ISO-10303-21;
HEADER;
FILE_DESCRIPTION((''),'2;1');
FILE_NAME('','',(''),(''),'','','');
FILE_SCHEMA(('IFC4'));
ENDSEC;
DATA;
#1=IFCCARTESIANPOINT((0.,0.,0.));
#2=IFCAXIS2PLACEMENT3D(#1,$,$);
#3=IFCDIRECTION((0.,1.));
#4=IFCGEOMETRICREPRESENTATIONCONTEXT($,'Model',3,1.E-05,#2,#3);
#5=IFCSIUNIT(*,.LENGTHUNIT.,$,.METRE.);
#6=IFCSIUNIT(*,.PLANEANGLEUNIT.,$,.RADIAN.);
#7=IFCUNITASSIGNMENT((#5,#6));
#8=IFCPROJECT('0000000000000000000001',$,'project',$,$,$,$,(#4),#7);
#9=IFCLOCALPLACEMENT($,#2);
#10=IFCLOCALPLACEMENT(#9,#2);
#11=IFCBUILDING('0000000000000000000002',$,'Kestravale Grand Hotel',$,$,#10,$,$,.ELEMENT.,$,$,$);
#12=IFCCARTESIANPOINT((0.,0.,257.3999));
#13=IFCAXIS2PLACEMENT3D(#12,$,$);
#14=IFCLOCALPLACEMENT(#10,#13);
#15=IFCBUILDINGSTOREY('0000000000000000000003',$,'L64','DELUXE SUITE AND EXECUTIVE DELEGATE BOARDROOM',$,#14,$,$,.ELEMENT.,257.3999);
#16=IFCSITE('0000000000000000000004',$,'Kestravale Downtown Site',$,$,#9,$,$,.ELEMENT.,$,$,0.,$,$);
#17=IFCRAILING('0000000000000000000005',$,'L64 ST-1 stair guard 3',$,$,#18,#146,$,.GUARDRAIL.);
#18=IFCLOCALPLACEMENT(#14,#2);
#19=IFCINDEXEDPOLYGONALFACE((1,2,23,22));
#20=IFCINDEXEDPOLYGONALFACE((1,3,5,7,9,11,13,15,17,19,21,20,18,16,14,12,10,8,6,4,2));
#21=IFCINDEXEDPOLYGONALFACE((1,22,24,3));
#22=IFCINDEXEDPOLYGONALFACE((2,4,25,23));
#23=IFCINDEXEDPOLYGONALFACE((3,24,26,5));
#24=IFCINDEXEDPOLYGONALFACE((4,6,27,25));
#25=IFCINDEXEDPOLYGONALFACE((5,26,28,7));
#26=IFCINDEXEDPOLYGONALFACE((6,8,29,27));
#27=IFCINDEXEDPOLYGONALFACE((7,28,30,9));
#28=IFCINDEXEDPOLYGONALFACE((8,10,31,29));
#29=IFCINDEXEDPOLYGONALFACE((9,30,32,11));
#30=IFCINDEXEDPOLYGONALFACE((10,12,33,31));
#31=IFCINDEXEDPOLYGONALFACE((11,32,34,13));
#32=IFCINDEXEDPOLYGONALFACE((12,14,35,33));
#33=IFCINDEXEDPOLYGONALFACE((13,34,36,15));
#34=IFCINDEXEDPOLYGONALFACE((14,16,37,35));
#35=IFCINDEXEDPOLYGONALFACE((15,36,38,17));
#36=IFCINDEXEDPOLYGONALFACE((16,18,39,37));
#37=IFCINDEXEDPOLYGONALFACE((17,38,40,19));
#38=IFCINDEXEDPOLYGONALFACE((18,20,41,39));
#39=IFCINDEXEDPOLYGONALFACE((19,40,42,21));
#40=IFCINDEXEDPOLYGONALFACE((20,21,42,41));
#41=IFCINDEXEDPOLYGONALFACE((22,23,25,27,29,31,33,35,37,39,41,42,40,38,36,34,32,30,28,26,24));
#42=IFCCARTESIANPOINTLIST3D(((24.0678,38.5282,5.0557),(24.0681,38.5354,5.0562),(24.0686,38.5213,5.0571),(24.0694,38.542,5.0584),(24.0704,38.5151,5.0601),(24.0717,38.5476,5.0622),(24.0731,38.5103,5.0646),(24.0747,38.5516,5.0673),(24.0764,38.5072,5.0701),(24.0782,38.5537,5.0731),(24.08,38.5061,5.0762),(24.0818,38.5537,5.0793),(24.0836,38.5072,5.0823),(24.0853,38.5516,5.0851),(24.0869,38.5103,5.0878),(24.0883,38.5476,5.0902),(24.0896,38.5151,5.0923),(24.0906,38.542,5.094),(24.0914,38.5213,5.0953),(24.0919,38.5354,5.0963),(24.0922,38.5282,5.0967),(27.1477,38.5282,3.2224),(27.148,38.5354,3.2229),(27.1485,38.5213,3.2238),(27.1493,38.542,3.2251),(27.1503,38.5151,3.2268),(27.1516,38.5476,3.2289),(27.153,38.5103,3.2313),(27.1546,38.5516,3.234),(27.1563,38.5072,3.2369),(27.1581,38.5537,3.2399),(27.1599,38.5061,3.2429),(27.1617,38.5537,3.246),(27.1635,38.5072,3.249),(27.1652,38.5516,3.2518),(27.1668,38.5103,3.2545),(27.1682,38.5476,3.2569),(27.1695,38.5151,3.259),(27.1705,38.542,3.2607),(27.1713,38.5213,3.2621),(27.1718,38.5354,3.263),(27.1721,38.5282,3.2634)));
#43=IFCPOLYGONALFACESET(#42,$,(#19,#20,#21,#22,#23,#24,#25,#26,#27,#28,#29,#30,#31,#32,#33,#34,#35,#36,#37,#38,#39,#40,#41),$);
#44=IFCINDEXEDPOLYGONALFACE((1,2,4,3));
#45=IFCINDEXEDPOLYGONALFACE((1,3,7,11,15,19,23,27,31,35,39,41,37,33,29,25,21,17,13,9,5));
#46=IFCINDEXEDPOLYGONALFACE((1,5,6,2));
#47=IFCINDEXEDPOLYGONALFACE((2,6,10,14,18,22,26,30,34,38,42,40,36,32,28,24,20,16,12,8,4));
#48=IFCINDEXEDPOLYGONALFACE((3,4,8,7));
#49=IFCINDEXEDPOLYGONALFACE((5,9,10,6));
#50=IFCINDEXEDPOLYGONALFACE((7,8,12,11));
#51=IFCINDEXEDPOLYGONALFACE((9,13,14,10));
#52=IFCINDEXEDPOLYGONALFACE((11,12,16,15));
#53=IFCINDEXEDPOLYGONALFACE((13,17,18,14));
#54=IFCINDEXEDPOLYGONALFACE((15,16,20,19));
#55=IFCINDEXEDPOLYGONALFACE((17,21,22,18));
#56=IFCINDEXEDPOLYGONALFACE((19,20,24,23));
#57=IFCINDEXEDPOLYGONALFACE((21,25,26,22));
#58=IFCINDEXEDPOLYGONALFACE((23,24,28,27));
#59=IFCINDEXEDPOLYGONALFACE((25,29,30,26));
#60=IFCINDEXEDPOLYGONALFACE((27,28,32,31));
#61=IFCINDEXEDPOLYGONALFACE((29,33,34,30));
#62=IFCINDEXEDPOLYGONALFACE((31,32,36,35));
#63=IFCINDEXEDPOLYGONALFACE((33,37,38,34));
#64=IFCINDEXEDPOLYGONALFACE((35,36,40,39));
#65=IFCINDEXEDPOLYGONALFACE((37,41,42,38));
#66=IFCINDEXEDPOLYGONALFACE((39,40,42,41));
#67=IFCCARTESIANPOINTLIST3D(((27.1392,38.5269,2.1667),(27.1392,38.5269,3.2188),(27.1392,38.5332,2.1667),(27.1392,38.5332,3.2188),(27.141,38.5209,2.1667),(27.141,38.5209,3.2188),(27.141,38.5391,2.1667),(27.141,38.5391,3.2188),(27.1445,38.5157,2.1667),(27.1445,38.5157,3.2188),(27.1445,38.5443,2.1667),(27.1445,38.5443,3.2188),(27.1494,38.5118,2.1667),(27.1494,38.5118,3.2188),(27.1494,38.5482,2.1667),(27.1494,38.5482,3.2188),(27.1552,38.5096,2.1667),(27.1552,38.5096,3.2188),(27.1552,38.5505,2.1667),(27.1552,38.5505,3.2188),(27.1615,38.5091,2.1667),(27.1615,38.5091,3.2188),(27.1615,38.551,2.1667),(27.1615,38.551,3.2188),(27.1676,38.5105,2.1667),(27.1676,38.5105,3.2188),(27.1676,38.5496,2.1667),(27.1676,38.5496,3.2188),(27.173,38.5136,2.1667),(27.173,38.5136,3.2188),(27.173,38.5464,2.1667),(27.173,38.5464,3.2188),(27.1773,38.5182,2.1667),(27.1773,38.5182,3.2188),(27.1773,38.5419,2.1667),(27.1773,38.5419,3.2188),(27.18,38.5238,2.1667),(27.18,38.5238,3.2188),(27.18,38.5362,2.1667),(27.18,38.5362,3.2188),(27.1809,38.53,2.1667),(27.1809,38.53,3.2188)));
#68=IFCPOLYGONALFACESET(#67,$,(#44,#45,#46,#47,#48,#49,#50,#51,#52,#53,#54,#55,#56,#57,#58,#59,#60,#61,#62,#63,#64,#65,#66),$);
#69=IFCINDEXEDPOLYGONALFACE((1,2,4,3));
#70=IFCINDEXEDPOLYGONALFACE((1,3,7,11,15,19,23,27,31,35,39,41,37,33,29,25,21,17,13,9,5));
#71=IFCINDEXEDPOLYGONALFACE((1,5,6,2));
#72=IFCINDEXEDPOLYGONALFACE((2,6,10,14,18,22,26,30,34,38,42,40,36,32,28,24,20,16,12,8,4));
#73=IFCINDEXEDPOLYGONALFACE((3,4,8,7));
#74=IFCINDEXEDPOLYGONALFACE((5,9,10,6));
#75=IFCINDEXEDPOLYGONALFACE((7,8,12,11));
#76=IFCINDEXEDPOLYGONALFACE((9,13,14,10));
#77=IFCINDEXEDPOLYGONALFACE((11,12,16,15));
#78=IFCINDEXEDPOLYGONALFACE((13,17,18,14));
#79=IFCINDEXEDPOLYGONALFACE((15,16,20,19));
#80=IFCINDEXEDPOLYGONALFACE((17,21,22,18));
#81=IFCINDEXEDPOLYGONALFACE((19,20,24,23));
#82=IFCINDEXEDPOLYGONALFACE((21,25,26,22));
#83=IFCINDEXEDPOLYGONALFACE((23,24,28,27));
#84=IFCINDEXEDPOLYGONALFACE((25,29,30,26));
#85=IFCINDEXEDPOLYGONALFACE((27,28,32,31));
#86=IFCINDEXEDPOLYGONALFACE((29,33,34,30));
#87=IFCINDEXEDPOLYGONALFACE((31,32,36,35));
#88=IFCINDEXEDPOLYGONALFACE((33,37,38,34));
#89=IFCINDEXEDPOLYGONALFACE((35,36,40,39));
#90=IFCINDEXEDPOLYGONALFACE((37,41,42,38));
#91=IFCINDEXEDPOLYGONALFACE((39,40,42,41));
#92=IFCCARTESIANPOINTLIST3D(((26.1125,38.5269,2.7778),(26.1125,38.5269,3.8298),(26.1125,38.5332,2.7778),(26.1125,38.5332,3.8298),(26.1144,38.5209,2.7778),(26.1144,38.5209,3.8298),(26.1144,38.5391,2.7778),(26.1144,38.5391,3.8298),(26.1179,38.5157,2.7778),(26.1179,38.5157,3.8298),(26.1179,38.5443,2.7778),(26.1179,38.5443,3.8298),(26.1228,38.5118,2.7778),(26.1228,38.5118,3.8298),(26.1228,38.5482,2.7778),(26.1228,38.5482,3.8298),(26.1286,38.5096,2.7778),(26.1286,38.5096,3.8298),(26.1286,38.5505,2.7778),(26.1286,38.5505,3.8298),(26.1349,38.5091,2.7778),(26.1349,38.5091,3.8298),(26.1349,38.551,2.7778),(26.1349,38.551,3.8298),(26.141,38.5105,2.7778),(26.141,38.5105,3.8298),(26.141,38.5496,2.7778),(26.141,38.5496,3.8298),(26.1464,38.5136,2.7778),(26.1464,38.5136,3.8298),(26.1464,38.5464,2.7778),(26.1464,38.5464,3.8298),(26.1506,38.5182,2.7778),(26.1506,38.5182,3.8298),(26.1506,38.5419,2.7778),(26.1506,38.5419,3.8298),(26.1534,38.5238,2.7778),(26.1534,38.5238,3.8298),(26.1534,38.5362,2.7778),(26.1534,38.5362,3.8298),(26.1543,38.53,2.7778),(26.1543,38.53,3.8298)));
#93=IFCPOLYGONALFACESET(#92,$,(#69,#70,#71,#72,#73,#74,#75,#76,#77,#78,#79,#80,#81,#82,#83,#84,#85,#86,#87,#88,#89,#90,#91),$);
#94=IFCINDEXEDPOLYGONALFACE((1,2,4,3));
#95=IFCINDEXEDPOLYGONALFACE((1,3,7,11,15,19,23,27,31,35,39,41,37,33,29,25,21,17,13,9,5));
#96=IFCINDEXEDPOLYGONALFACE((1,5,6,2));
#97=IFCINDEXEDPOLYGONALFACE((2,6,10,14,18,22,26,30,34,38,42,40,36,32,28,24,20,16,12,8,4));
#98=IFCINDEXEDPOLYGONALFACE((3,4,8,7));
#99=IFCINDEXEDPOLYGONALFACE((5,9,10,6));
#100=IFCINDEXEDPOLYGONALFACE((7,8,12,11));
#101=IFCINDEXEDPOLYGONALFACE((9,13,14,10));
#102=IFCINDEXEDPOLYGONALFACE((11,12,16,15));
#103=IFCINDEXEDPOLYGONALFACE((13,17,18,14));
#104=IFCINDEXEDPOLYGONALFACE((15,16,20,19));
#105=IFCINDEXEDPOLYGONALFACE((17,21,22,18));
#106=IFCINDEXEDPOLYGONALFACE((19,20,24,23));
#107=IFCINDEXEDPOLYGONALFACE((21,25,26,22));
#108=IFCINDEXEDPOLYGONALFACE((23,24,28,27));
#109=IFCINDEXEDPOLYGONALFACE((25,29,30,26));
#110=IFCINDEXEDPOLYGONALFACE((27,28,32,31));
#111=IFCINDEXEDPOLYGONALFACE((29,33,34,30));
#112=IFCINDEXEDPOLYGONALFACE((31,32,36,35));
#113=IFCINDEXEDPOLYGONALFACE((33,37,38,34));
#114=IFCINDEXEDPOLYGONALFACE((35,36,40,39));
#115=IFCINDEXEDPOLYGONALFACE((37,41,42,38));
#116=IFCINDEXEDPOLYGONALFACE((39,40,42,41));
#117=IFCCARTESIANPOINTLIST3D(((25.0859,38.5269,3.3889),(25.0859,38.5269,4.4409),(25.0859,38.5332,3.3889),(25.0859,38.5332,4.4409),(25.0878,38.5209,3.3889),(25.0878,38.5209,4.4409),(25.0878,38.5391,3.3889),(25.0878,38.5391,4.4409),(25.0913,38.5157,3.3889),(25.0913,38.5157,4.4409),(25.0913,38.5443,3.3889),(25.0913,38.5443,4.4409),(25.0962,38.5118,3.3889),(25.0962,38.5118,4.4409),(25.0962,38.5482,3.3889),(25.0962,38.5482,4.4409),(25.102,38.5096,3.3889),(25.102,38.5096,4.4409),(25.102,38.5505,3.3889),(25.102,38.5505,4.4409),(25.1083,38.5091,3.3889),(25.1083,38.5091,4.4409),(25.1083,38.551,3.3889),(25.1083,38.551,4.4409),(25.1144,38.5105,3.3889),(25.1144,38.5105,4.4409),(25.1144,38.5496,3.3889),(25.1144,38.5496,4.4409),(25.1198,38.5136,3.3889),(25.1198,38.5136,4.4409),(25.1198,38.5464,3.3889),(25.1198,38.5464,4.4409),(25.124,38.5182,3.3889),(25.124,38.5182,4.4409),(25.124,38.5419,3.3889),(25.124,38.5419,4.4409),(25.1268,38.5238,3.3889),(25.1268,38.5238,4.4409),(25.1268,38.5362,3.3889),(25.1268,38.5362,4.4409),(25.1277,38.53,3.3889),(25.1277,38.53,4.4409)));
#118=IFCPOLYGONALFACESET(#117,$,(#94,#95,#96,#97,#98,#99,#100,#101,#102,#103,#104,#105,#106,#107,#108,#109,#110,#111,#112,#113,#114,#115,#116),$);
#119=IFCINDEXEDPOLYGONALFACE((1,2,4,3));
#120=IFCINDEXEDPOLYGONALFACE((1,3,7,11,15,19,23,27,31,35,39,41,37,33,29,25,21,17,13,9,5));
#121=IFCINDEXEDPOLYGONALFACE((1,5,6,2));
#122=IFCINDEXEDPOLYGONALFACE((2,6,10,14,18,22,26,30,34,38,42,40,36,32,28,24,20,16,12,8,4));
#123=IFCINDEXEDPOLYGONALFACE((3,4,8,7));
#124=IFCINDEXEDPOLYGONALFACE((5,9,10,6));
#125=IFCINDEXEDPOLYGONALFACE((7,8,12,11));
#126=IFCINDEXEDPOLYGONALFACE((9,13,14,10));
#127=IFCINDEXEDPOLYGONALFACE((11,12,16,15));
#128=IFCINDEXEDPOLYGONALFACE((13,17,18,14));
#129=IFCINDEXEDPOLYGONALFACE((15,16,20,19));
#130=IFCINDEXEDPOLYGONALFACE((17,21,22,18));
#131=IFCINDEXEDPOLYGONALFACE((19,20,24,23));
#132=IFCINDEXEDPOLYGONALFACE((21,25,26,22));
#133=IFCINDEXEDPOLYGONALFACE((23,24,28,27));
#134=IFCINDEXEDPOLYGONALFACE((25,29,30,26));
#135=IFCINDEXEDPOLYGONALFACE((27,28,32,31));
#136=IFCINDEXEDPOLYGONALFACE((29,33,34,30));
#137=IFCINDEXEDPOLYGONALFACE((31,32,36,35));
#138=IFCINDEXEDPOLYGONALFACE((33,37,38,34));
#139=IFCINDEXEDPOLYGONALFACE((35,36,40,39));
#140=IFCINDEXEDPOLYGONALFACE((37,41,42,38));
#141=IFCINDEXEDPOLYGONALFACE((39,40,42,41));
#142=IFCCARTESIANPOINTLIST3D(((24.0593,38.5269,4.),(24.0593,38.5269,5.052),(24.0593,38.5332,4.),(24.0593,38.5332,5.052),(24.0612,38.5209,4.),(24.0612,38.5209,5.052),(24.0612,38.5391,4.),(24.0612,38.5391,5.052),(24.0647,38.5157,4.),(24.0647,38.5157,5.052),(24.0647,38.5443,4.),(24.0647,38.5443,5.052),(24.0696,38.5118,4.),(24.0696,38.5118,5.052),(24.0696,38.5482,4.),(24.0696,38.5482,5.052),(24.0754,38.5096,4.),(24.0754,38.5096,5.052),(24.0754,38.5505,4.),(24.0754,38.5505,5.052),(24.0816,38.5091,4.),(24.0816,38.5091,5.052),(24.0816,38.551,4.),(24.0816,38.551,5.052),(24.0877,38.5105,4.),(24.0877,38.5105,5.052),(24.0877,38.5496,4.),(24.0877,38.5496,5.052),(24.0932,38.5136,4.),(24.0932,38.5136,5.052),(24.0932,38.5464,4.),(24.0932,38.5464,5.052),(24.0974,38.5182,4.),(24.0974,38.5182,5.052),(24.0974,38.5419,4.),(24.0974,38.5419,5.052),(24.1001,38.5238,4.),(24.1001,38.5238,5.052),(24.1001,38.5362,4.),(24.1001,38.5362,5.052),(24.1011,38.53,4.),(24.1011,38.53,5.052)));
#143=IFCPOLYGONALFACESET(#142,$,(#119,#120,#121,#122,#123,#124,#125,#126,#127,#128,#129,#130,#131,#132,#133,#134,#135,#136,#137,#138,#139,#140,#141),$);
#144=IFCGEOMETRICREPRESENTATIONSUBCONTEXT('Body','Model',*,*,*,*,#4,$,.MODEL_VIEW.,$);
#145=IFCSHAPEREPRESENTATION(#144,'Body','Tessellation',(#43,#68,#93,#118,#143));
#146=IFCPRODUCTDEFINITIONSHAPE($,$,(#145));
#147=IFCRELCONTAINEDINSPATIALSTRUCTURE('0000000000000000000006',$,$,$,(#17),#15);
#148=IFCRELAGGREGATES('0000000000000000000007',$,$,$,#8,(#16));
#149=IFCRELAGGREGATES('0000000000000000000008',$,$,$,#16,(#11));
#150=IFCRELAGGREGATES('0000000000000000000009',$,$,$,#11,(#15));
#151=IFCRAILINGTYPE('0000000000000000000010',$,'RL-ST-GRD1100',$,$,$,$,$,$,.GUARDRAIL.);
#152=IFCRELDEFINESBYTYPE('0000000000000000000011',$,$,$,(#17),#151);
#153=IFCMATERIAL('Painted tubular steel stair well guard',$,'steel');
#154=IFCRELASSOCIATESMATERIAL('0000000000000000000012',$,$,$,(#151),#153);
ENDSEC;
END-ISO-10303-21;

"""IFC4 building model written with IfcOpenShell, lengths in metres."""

from ifc_helpers import new_model, si_unit, direction, frame, origin, origin_2d, place, context, subcontext, project, spatial, circle, extrude, material, type_object, element, save


model = new_model("IFC4")

# Units and contexts
model_context = context("Model", 3, precision=1e-05, world=origin(), true_north=direction((0.0, 1.0)))
body_context = subcontext(model_context, "Body", "Model", "MODEL_VIEW")
ifc_project = project(units=[si_unit("LENGTHUNIT", "METRE"), si_unit("PLANEANGLEUNIT", "RADIAN")], contexts=[model_context])

# Site, building, storey
site_placement = place(None, origin())
site = spatial("IfcSite", under=ifc_project, at=site_placement, Name="Kestravale Downtown Site", CompositionType="ELEMENT", RefElevation=0.0)
building_placement = place(site_placement, origin())
building = spatial("IfcBuilding", under=site, at=building_placement, Name="Kestravale Grand Hotel", CompositionType="ELEMENT")
storey_placement = place(building_placement, frame((0.0, 0.0, 257.3999)))
storey = spatial("IfcBuildingStorey", under=building, at=storey_placement, Name="L64", Description="DELUXE SUITE AND EXECUTIVE DELEGATE BOARDROOM", CompositionType="ELEMENT", Elevation=257.3999)

# Railing
ifc_material_1 = material(Name="Painted tubular steel stair well guard", Category="steel")
railing_type_1 = type_object("IfcRailingType", Name="RL-ST-GRD1100", PredefinedType="GUARDRAIL", material=ifc_material_1)
railing_1_placement = place(storey_placement, frame((27.1599, 38.53, 2.1667)))
element("IfcRailing", 1, at=railing_1_placement, inside=storey, type_object=railing_type_1, Name="L64 ST-1 stair guard 3", PredefinedType="GUARDRAIL", context=body_context, shape_type="SweptSolid", body=[
    extrude(circle(Radius=0.0239, at=origin_2d()), frame((0.0, 0.0, 1.0762), z_axis=(-0.859291, 0.0, 0.511487), x_axis=(0.0, -1.0, 0.0)), (0.0, 0.0, 1.0), 3.5842),
    extrude(circle(Radius=0.021, at=origin_2d()), origin(), (0.0, 0.0, 1.0), 1.052),
    extrude(circle(Radius=0.021, at=origin_2d()), frame((-1.0266, 0.0, 0.6111)), (0.0, 0.0, 1.0), 1.052),
    extrude(circle(Radius=0.021, at=origin_2d()), frame((-2.0532, 0.0, 1.2222)), (0.0, 0.0, 1.0), 1.052),
    extrude(circle(Radius=0.021, at=origin_2d()), frame((-3.0798, 0.0, 1.8333)), (0.0, 0.0, 1.0), 1.052),
])

save(model, "model.ifc")
